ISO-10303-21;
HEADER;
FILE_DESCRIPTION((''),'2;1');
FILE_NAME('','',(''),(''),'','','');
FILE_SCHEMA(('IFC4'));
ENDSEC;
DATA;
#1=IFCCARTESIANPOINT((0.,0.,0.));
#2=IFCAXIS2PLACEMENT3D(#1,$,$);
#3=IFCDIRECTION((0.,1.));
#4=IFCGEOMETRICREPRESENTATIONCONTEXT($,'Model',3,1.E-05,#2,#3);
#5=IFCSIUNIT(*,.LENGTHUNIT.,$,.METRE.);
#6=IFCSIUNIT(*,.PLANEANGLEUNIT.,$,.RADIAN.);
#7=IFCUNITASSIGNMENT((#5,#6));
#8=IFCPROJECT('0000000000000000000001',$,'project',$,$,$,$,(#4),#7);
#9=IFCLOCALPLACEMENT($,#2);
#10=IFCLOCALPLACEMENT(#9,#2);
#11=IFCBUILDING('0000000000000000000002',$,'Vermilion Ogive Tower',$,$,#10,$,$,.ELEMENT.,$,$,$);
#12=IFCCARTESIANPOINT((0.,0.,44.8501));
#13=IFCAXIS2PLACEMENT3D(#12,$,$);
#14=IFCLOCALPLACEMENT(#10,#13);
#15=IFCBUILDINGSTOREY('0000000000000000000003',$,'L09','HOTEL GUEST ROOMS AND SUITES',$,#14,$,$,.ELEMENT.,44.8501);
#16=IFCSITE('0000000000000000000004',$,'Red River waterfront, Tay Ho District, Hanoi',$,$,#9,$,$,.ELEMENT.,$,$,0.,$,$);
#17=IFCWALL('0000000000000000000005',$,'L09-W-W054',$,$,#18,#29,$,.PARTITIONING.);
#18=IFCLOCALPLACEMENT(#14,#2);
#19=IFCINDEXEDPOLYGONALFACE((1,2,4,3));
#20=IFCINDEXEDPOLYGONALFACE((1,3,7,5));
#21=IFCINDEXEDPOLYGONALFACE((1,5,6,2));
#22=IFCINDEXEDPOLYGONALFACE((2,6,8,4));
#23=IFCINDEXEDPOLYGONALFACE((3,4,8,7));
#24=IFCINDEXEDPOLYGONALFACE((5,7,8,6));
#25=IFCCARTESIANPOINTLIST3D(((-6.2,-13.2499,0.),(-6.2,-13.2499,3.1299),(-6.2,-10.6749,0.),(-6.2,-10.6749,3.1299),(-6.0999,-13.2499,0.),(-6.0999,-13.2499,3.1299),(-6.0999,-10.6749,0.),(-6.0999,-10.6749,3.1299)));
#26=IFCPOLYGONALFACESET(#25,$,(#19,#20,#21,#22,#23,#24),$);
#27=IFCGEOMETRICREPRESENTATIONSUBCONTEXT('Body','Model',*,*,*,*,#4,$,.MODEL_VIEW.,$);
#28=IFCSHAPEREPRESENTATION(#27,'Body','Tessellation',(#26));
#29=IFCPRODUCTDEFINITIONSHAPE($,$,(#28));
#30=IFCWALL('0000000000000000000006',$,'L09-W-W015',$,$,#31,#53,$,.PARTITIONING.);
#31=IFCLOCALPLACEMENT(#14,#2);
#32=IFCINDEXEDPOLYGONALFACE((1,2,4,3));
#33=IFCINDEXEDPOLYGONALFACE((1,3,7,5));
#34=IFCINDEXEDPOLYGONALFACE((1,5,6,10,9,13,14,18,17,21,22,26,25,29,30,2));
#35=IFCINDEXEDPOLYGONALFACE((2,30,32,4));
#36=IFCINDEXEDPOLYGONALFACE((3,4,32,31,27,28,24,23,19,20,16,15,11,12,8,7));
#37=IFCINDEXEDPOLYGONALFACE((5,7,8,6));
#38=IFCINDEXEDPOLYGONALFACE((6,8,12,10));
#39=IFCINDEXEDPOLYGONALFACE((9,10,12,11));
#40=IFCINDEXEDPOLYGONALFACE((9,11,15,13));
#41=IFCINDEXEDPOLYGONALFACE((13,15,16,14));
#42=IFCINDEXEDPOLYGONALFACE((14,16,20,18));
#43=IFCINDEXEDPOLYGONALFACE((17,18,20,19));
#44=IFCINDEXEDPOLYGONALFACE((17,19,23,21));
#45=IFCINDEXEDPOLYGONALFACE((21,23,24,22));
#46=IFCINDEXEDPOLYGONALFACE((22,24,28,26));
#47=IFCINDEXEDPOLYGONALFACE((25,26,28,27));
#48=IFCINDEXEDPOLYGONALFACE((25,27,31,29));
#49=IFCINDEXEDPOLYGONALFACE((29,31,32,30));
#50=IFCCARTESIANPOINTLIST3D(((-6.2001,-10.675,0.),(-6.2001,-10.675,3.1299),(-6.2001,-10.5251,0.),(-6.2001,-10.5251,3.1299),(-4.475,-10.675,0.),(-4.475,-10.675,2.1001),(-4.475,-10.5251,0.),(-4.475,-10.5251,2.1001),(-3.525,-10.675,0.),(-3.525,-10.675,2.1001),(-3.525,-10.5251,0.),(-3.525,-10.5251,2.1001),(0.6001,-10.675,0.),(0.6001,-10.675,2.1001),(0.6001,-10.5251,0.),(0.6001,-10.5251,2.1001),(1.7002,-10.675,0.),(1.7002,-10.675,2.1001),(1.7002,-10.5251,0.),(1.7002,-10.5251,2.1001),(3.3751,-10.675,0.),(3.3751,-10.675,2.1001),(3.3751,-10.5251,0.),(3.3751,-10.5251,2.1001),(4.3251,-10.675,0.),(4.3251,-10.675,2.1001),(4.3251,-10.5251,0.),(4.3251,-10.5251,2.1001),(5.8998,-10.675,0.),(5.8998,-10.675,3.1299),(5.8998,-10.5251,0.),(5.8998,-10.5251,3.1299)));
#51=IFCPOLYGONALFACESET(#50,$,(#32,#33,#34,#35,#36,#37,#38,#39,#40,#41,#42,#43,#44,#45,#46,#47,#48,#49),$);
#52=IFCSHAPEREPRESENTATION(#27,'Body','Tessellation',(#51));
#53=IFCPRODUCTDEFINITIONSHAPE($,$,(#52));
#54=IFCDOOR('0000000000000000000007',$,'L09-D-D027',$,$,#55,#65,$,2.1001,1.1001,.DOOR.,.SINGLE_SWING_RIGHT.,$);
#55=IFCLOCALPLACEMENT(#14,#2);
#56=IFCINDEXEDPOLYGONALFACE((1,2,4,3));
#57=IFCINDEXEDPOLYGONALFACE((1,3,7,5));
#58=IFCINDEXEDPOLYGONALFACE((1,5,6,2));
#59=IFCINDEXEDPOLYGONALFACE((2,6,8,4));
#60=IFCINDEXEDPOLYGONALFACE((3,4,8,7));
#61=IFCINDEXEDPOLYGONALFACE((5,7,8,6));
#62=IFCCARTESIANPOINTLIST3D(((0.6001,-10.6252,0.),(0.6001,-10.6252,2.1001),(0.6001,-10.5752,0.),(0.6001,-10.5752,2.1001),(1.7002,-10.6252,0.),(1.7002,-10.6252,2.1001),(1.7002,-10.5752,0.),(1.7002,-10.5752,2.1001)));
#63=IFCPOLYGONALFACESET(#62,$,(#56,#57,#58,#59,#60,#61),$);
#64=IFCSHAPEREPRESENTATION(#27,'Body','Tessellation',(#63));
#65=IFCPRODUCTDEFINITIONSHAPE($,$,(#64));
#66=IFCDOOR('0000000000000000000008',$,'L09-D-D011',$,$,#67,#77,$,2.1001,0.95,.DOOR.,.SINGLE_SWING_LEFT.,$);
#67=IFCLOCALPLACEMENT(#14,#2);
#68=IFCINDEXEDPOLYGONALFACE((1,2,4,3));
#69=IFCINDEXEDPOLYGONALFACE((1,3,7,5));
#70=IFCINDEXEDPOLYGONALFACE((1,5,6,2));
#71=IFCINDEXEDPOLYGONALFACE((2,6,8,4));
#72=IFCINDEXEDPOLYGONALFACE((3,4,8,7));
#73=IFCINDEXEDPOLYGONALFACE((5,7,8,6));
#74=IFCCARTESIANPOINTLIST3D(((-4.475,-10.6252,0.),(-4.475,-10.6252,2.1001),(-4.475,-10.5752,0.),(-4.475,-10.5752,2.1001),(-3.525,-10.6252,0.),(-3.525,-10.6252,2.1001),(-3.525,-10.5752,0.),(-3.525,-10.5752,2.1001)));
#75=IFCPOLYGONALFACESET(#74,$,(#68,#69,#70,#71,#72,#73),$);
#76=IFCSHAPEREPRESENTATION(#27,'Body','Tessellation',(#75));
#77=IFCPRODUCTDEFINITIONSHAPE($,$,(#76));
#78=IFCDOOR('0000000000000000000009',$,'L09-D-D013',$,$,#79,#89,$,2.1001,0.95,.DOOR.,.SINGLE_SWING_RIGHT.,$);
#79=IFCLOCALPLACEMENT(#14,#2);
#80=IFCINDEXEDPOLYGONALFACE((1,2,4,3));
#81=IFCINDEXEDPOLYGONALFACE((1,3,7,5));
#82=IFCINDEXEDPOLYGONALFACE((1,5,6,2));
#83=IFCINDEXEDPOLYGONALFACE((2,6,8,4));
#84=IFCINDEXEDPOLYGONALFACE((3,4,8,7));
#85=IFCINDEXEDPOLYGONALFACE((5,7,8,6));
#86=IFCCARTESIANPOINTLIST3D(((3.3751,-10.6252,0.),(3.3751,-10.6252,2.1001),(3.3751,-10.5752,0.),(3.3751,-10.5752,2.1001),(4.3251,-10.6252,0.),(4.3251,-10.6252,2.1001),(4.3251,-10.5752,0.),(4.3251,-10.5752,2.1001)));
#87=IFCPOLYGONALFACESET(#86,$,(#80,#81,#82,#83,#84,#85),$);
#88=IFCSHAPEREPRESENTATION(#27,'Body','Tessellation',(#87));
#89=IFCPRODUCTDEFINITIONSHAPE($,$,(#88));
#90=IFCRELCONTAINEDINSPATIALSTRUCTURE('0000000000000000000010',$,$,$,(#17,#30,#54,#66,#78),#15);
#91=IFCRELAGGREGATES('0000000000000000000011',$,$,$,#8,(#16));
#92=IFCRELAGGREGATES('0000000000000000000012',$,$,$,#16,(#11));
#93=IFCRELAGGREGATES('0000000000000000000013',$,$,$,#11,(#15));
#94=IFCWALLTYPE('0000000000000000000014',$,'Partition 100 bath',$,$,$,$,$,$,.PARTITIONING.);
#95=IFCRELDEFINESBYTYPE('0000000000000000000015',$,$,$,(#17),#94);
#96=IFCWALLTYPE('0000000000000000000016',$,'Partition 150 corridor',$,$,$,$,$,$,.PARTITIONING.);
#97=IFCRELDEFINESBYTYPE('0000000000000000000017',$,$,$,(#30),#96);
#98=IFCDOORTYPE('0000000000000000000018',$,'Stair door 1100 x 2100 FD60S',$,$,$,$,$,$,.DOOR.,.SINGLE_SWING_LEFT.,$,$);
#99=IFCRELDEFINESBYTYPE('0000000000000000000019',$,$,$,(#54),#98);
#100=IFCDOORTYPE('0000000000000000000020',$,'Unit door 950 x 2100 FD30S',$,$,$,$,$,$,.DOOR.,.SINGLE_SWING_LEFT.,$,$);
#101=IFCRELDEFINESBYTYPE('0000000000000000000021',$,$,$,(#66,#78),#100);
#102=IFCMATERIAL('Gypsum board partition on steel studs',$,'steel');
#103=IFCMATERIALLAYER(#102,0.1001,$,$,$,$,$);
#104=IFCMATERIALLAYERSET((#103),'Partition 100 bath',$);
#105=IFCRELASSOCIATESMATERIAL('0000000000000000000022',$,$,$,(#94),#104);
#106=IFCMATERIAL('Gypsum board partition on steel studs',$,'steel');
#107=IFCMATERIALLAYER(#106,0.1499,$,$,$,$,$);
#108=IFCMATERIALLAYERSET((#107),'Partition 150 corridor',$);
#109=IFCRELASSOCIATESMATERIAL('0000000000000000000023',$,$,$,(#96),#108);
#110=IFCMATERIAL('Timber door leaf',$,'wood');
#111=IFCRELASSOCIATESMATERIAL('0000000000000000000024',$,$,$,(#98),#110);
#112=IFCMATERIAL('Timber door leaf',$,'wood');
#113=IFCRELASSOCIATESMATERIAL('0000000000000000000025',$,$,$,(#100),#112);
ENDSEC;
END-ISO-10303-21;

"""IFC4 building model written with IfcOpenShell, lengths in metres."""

from ifc_helpers import new_model, si_unit, direction, frame, frame_2d, origin, place, context, subcontext, project, spatial, rectangle, extrude, material, layer, layer_set, type_object, element, fill, save


model = new_model("IFC4")

# Units and contexts
model_context = context("Model", 3, precision=1e-05, world=origin(), true_north=direction((0.0, 1.0)))
body_context = subcontext(model_context, "Body", "Model", "MODEL_VIEW")
ifc_project = project(units=[si_unit("LENGTHUNIT", "METRE"), si_unit("PLANEANGLEUNIT", "RADIAN")], contexts=[model_context])

# Site, building, storey
site_placement = place(None, origin())
site = spatial("IfcSite", under=ifc_project, at=site_placement, Name="Red River waterfront, Tay Ho District, Hanoi", CompositionType="ELEMENT", RefElevation=0.0)
building_placement = place(site_placement, origin())
building = spatial("IfcBuilding", under=site, at=building_placement, Name="Vermilion Ogive Tower", CompositionType="ELEMENT")
storey_placement = place(building_placement, frame((0.0, 0.0, 44.8501)))
storey = spatial("IfcBuildingStorey", under=building, at=storey_placement, Name="L09", Description="HOTEL GUEST ROOMS AND SUITES", CompositionType="ELEMENT", Elevation=44.8501)

# Wall
ifc_material_1 = material(Name="Gypsum board partition on steel studs", Category="steel")
ifc_layer_1 = layer(ifc_material_1, 0.1001)
ifc_layer_set_1 = layer_set([ifc_layer_1], Name="Partition 100 bath")
wall_type_1 = type_object("IfcWallType", Name="Partition 100 bath", PredefinedType="PARTITIONING", material=ifc_layer_set_1)
wall_1_placement = place(storey_placement, frame((-6.1499, -13.25, 0.0), z_axis=(0.0, 0.0, 1.0), x_axis=(0.0, 1.0, 0.0)))
element("IfcWall", 1, at=wall_1_placement, inside=storey, type_object=wall_type_1, Name="L09-W-W054", PredefinedType="PARTITIONING", context=body_context, shape_type="SweptSolid", body=[
    extrude(rectangle(XDim=2.575, YDim=0.1001, at=frame_2d((1.2876, 0.0))), origin(), (0.0, 0.0, 1.0), 3.1299),
])

# Wall, openings, doors
ifc_material_2 = material(Name="Gypsum board partition on steel studs", Category="steel")
ifc_layer_2 = layer(ifc_material_2, 0.1499)
ifc_layer_set_2 = layer_set([ifc_layer_2], Name="Partition 150 corridor")
wall_type_2 = type_object("IfcWallType", Name="Partition 150 corridor", PredefinedType="PARTITIONING", material=ifc_layer_set_2)
wall_2_placement = place(storey_placement, frame((-6.2, -10.6001, 0.0), z_axis=(0.0, 0.0, 1.0), x_axis=(1.0, 0.0, 0.0)))
wall_2 = element("IfcWall", 2, at=wall_2_placement, inside=storey, type_object=wall_type_2, Name="L09-W-W015", PredefinedType="PARTITIONING", context=body_context, shape_type="SweptSolid", body=[
    extrude(rectangle(XDim=12.0999, YDim=0.1499, at=frame_2d((6.0498, 0.0))), origin(), (0.0, 0.0, 1.0), 3.1299),
])
opening_1_placement = place(wall_2_placement, frame((1.7249, 0.0, 0.0)))
opening_1 = element("IfcOpeningElement", 3, at=opening_1_placement, cuts=wall_2, PredefinedType="OPENING", context=body_context, shape_type="SweptSolid", body=[
    extrude(rectangle(XDim=0.95, YDim=2.1001, at=frame_2d((0.4751, 1.05))), frame((0.0, 0.085, 0.0), z_axis=(0.0, -1.0, 0.0), x_axis=(1.0, 0.0, 0.0)), (0.0, 0.0, 1.0), 0.1699),
])
opening_2_placement = place(wall_2_placement, frame((9.575, 0.0, 0.0)))
opening_2 = element("IfcOpeningElement", 4, at=opening_2_placement, cuts=wall_2, PredefinedType="OPENING", context=body_context, shape_type="SweptSolid", body=[
    extrude(rectangle(XDim=0.95, YDim=2.1001, at=frame_2d((0.4751, 1.05))), frame((0.0, 0.085, 0.0), z_axis=(0.0, -1.0, 0.0), x_axis=(1.0, 0.0, 0.0)), (0.0, 0.0, 1.0), 0.1699),
])
opening_3_placement = place(wall_2_placement, frame((6.8, 0.0, 0.0)))
opening_3 = element("IfcOpeningElement", 5, at=opening_3_placement, cuts=wall_2, PredefinedType="OPENING", context=body_context, shape_type="SweptSolid", body=[
    extrude(rectangle(XDim=1.1001, YDim=2.1001, at=frame_2d((0.55, 1.05))), frame((0.0, 0.085, 0.0), z_axis=(0.0, -1.0, 0.0), x_axis=(1.0, 0.0, 0.0)), (0.0, 0.0, 1.0), 0.1699),
])
ifc_material_3 = material(Name="Timber door leaf", Category="wood")
door_type_1 = type_object("IfcDoorType", Name="Stair door 1100 x 2100 FD60S", OperationType="SINGLE_SWING_LEFT", PredefinedType="DOOR", material=ifc_material_3)
door_1_placement = place(opening_3_placement, origin())
door_1 = element("IfcDoor", 6, at=door_1_placement, inside=storey, type_object=door_type_1, Name="L09-D-D027", OperationType="SINGLE_SWING_RIGHT", OverallHeight=2.1001, OverallWidth=1.1001, PredefinedType="DOOR", context=body_context, shape_type="SweptSolid", body=[
    extrude(rectangle(XDim=1.1001, YDim=2.1001, at=frame_2d((0.55, 1.05))), frame((0.0, 0.0249, 0.0), z_axis=(0.0, -1.0, 0.0), x_axis=(1.0, 0.0, 0.0)), (0.0, 0.0, 1.0), 0.05),
])
fill(opening_3, door_1)
ifc_material_4 = material(Name="Timber door leaf", Category="wood")
door_type_2 = type_object("IfcDoorType", Name="Unit door 950 x 2100 FD30S", OperationType="SINGLE_SWING_LEFT", PredefinedType="DOOR", material=ifc_material_4)
door_2_placement = place(opening_1_placement, origin())
door_2 = element("IfcDoor", 7, at=door_2_placement, inside=storey, type_object=door_type_2, Name="L09-D-D011", OperationType="SINGLE_SWING_LEFT", OverallHeight=2.1001, OverallWidth=0.95, PredefinedType="DOOR", context=body_context, shape_type="SweptSolid", body=[
    extrude(rectangle(XDim=0.95, YDim=2.1001, at=frame_2d((0.4751, 1.05))), frame((0.0, 0.0249, 0.0), z_axis=(0.0, -1.0, 0.0), x_axis=(1.0, 0.0, 0.0)), (0.0, 0.0, 1.0), 0.05),
])
fill(opening_1, door_2)
door_3_placement = place(opening_2_placement, origin())
door_3 = element("IfcDoor", 8, at=door_3_placement, inside=storey, type_object=door_type_2, Name="L09-D-D013", OperationType="SINGLE_SWING_RIGHT", OverallHeight=2.1001, OverallWidth=0.95, PredefinedType="DOOR", context=body_context, shape_type="SweptSolid", body=[
    extrude(rectangle(XDim=0.95, YDim=2.1001, at=frame_2d((0.4751, 1.05))), frame((0.0, 0.0249, 0.0), z_axis=(0.0, -1.0, 0.0), x_axis=(1.0, 0.0, 0.0)), (0.0, 0.0, 1.0), 0.05),
])
fill(opening_2, door_3)

save(model, "model.ifc")
